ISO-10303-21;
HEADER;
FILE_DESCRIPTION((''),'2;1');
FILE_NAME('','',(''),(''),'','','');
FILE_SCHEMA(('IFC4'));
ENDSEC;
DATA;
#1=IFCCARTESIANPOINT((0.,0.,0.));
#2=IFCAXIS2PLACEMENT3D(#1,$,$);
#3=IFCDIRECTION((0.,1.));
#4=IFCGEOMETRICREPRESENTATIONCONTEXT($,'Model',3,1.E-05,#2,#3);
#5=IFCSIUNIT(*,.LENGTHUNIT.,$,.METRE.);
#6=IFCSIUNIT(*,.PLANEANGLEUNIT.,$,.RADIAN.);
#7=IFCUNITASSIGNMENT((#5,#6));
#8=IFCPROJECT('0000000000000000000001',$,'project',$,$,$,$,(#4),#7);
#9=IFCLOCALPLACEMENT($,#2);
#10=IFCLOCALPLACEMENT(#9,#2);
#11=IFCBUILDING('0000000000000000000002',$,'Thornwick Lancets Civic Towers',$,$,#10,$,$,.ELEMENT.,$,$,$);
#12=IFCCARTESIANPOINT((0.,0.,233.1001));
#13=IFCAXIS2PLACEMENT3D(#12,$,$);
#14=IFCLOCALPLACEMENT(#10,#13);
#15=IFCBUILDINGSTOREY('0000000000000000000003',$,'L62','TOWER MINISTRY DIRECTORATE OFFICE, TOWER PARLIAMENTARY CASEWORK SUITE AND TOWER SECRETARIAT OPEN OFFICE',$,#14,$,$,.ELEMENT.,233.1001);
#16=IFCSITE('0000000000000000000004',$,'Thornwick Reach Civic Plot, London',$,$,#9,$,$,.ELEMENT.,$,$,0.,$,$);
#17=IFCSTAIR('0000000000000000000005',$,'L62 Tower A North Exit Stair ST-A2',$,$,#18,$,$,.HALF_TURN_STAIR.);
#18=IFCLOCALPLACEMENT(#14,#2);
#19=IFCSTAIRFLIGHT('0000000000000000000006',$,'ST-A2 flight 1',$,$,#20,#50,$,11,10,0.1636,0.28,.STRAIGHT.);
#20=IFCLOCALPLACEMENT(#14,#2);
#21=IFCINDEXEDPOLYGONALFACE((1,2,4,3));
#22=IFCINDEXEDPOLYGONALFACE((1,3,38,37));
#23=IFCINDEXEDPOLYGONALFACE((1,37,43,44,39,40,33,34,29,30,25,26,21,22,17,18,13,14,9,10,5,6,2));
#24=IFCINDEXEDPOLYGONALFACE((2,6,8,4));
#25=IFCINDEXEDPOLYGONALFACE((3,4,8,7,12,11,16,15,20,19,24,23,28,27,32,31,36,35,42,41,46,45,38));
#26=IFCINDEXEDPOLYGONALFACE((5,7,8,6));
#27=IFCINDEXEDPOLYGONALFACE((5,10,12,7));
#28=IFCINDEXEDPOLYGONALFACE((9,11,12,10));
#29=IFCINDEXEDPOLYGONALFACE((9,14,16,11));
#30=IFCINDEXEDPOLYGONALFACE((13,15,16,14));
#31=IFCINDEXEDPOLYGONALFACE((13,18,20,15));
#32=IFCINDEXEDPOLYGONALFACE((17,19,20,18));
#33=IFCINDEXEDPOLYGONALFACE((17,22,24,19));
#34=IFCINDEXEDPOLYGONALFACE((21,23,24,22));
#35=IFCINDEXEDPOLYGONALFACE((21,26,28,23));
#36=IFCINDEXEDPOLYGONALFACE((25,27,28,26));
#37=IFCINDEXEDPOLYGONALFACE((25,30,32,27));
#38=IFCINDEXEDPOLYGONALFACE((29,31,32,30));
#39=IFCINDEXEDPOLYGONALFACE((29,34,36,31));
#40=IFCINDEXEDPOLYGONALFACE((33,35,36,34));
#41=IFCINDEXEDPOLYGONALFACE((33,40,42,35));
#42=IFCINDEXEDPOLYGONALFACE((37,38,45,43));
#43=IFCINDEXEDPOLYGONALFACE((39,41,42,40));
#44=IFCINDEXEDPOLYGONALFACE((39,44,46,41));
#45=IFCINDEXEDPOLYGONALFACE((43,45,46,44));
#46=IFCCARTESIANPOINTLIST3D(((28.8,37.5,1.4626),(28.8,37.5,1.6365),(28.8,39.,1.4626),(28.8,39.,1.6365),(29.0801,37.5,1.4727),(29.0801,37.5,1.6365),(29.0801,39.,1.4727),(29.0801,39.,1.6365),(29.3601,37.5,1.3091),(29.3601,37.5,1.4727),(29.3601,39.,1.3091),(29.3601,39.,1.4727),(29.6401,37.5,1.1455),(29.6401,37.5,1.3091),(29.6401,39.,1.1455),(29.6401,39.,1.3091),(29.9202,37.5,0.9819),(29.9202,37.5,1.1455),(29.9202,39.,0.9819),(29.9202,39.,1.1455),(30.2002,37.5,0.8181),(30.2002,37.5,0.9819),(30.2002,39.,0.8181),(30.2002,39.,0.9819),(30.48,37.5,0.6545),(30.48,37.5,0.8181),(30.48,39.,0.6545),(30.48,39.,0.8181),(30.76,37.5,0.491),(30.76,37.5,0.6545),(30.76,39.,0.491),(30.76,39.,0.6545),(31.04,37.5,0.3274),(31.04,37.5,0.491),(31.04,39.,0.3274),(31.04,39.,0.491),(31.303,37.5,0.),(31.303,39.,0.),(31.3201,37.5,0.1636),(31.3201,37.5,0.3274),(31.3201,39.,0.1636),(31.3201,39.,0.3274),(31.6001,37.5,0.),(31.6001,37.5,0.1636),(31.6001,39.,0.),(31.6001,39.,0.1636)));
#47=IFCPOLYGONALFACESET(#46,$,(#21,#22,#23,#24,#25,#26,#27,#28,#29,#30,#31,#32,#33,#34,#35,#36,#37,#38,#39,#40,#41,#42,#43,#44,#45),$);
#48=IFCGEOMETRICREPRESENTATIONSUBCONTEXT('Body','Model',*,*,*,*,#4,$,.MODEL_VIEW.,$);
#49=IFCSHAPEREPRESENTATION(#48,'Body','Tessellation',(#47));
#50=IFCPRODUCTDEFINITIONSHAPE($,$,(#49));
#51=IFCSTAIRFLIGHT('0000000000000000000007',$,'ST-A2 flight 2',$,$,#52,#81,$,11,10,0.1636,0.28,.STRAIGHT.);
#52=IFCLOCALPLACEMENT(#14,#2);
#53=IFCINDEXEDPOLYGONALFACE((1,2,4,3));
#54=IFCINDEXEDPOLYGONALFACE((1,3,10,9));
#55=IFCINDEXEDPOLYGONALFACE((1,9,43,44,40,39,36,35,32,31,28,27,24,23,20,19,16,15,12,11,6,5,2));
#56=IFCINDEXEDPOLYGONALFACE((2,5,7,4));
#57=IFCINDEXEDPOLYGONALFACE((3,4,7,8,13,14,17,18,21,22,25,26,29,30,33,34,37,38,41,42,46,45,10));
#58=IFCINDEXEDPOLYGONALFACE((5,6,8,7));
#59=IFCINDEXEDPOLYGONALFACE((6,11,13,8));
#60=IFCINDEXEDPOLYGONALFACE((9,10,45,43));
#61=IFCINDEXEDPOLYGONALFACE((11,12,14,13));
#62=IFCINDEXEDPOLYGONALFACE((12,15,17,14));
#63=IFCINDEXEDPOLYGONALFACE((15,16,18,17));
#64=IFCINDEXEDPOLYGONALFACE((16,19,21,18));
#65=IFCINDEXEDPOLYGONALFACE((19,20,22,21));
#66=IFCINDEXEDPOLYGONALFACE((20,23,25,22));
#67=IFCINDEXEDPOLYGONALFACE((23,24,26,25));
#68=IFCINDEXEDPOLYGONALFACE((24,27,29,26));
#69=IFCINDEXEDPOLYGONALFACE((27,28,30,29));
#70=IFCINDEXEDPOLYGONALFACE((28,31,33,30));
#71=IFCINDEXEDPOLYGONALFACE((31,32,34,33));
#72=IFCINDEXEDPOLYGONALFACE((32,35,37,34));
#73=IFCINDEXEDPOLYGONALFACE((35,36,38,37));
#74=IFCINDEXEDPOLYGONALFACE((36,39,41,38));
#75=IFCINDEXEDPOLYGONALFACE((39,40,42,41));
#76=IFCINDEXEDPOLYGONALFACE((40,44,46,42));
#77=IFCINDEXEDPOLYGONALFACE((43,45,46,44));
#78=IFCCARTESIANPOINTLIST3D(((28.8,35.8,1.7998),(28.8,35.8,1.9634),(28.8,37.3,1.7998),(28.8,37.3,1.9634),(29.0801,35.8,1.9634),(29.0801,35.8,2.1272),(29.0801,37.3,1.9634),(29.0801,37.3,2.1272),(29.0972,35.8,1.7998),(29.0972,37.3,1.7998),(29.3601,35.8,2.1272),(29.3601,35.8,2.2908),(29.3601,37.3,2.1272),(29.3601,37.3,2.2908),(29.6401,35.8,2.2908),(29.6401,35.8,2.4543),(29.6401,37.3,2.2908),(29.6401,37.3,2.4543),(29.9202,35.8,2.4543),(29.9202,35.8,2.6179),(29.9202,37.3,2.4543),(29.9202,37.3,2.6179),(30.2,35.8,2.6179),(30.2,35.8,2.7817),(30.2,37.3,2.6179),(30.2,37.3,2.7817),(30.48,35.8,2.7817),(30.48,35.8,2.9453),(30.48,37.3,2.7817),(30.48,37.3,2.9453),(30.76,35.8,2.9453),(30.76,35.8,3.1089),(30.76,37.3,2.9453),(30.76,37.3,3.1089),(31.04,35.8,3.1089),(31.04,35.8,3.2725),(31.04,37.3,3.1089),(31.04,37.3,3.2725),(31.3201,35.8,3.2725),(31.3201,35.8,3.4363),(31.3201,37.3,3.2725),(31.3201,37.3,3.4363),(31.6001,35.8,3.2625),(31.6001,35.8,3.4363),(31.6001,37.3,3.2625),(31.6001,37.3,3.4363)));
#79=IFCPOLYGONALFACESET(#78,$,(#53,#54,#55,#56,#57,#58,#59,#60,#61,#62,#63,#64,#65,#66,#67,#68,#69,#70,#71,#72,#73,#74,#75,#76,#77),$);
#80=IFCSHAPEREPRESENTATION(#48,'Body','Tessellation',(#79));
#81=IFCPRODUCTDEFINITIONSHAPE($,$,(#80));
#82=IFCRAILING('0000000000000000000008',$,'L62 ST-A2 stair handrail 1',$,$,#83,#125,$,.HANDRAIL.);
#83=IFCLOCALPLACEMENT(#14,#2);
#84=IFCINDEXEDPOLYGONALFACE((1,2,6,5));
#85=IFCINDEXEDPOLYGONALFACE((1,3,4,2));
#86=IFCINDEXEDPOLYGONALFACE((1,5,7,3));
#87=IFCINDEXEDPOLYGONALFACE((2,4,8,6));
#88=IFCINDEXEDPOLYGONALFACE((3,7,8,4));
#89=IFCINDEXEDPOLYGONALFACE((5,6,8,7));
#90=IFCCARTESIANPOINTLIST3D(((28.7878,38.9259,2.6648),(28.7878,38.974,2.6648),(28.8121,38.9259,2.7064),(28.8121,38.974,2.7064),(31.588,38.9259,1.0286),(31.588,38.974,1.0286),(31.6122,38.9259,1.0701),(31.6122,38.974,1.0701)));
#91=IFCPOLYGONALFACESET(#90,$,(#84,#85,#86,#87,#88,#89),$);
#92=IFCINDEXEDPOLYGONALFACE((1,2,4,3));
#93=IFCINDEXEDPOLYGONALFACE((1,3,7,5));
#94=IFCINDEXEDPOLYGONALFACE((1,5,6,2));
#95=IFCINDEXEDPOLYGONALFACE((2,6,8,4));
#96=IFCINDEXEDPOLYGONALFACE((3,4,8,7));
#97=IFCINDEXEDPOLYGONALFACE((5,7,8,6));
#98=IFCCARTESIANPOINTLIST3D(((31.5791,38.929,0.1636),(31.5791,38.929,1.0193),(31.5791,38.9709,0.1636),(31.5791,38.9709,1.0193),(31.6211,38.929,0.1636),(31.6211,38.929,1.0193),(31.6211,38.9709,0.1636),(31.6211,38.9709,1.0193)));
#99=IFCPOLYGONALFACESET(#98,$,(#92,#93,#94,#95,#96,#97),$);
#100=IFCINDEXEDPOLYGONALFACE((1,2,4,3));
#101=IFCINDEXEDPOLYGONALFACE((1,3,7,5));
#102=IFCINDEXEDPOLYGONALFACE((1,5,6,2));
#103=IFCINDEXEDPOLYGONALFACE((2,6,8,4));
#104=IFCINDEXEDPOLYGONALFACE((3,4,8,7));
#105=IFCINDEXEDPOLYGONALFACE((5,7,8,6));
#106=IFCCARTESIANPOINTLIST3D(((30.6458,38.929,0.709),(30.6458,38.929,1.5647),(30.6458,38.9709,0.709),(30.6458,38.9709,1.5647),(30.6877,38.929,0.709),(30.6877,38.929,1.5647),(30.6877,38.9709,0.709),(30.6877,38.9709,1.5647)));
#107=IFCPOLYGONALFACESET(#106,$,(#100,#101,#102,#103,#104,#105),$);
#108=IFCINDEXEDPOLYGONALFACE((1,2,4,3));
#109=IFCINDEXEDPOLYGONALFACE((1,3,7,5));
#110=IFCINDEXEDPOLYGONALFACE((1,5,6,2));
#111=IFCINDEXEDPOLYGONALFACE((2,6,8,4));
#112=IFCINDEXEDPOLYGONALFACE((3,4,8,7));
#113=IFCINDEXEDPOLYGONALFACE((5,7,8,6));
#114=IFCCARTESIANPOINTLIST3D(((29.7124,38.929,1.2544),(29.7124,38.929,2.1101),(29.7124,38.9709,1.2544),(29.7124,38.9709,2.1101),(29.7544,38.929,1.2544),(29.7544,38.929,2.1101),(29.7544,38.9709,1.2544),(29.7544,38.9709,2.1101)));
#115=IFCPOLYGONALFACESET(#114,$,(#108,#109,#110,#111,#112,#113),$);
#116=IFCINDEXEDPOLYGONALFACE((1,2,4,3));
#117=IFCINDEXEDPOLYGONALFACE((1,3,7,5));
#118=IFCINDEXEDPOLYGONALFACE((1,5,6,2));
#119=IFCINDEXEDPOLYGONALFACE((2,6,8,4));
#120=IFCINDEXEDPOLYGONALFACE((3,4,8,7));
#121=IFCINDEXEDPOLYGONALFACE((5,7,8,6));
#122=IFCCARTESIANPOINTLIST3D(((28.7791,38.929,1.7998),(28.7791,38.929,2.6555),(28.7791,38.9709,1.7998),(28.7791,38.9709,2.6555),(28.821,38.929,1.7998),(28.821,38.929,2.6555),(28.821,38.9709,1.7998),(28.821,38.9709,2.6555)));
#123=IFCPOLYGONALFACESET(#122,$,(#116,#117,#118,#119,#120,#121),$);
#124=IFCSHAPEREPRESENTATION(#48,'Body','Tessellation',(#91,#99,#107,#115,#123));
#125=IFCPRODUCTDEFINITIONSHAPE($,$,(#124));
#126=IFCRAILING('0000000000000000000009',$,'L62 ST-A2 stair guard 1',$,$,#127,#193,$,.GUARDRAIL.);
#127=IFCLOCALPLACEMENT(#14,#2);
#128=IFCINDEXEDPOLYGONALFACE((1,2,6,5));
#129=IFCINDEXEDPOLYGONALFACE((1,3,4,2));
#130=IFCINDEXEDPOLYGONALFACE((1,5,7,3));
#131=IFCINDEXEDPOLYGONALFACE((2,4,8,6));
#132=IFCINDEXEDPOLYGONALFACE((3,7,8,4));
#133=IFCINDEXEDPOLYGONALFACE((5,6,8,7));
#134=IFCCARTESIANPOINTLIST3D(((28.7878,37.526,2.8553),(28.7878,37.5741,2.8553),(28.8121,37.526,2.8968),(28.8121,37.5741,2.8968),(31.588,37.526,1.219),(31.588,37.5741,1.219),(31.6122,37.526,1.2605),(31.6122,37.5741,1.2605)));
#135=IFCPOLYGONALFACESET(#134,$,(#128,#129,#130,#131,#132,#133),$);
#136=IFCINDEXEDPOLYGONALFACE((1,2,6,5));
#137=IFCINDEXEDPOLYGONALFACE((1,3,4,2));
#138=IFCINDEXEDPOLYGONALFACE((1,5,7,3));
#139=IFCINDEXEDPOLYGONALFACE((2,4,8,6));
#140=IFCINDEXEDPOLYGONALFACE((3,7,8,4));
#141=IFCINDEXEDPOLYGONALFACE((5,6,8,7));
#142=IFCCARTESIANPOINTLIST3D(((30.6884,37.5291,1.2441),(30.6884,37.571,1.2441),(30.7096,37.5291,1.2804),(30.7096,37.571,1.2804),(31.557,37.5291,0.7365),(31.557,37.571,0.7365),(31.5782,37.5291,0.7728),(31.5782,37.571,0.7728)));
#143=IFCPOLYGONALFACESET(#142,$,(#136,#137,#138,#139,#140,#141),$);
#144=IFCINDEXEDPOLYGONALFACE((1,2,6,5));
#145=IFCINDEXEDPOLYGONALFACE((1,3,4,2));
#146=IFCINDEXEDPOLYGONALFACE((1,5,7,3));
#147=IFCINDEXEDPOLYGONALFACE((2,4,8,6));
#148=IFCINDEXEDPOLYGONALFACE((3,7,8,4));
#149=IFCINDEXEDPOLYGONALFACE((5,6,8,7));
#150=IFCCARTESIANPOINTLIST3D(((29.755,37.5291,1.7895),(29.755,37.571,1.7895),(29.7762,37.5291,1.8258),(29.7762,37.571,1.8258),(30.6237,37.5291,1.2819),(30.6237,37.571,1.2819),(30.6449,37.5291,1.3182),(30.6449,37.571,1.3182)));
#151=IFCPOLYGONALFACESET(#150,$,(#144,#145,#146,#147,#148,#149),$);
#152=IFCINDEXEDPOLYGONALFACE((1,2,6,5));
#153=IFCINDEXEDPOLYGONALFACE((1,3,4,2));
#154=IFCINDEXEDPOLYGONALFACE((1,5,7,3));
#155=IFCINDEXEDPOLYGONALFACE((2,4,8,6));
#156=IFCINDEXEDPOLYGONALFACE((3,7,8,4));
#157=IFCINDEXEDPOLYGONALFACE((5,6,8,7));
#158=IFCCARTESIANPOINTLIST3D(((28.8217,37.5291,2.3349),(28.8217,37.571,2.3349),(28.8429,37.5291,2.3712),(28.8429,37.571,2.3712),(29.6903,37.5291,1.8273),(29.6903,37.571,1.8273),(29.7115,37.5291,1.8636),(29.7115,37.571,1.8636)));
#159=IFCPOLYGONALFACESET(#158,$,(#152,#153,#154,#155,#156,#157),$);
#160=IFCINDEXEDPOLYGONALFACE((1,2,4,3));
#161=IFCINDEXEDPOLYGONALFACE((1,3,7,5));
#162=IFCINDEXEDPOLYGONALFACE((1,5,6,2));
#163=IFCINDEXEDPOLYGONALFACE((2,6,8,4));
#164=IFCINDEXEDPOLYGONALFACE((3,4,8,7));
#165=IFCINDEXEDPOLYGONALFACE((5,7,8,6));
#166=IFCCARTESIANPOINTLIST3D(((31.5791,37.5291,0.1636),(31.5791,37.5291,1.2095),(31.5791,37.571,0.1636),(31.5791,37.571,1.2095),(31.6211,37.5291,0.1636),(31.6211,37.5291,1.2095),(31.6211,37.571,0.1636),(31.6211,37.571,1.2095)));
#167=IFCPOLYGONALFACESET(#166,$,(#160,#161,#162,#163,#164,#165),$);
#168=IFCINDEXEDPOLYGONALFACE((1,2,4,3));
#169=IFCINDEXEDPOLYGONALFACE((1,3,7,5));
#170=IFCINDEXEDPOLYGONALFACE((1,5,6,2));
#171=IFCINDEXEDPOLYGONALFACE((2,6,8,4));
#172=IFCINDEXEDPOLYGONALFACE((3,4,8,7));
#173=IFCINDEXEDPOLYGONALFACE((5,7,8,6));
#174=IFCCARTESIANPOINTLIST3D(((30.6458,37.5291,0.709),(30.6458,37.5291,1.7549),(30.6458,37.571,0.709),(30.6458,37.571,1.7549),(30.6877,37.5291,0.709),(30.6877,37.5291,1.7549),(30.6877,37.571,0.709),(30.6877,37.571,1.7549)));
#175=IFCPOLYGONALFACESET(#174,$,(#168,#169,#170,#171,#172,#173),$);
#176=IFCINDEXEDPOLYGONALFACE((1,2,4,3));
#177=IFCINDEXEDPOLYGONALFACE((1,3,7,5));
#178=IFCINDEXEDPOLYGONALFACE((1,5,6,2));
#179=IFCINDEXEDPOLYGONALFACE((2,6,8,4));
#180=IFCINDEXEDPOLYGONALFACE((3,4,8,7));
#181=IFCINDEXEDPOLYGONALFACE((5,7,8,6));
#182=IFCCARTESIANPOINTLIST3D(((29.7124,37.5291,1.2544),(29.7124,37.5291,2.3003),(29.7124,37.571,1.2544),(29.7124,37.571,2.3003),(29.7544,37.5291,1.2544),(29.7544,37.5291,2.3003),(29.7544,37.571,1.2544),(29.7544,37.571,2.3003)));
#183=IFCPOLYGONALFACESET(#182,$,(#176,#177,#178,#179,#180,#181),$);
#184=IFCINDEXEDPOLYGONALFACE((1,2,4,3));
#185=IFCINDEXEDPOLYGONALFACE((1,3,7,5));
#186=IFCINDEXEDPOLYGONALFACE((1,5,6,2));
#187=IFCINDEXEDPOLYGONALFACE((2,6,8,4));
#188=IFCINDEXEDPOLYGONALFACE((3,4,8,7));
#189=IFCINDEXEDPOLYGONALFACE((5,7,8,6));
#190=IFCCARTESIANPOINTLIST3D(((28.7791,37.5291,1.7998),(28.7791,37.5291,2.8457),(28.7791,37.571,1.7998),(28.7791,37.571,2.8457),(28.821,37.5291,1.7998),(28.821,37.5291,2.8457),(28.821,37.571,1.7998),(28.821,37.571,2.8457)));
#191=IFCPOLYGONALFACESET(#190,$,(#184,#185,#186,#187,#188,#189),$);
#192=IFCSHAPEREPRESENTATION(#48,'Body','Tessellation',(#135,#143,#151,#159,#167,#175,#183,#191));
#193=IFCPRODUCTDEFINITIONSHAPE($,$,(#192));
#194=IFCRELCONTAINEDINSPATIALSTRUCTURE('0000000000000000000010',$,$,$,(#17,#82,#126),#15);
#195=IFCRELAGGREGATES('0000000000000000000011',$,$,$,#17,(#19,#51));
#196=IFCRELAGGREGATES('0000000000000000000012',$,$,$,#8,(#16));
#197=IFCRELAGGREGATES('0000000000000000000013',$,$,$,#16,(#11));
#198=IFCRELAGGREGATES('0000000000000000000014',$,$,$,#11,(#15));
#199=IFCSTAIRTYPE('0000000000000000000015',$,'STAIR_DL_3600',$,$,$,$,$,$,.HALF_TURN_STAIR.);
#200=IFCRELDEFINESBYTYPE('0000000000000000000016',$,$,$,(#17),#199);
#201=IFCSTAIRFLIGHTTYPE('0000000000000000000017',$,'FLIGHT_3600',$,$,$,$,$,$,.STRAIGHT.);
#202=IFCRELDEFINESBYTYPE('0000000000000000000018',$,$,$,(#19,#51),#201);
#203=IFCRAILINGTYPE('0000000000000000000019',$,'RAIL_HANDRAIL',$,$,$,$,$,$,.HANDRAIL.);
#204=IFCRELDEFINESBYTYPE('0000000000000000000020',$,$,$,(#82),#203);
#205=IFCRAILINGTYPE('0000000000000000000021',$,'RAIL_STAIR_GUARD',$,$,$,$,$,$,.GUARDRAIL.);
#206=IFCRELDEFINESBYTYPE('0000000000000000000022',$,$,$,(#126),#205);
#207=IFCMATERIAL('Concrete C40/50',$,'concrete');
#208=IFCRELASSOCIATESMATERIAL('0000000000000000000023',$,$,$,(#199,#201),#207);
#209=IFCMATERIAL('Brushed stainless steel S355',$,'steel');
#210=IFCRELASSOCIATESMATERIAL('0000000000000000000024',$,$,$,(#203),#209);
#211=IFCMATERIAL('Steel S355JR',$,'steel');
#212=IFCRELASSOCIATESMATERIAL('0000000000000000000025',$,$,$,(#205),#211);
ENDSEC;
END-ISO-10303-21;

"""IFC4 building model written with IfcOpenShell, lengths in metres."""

from ifc_helpers import new_model, si_unit, direction, frame, origin, origin_2d, place, context, subcontext, project, spatial, polyline, rectangle, outline, extrude, material, type_object, element, aggregate, save


model = new_model("IFC4")

# Units and contexts
model_context = context("Model", 3, precision=1e-05, world=origin(), true_north=direction((0.0, 1.0)))
body_context = subcontext(model_context, "Body", "Model", "MODEL_VIEW")
ifc_project = project(units=[si_unit("LENGTHUNIT", "METRE"), si_unit("PLANEANGLEUNIT", "RADIAN")], contexts=[model_context])

# Site, building, storey
site_placement = place(None, origin())
site = spatial("IfcSite", under=ifc_project, at=site_placement, Name="Thornwick Reach Civic Plot, London", CompositionType="ELEMENT", RefElevation=0.0)
building_placement = place(site_placement, origin())
building = spatial("IfcBuilding", under=site, at=building_placement, Name="Thornwick Lancets Civic Towers", CompositionType="ELEMENT")
storey_placement = place(building_placement, frame((0.0, 0.0, 233.1001)))
storey = spatial("IfcBuildingStorey", under=building, at=storey_placement, Name="L62", Description="TOWER MINISTRY DIRECTORATE OFFICE, TOWER PARLIAMENTARY CASEWORK SUITE AND TOWER SECRETARIAT OPEN OFFICE", CompositionType="ELEMENT", Elevation=233.1001)

# Shared definitions
ifc_material_1 = material(Name="Steel S355JR", Category="steel")
ifc_material_2 = material(Name="Concrete C40/50", Category="concrete")

# Stair, stair flights
stair_type = type_object("IfcStairType", Name="STAIR_DL_3600", PredefinedType="HALF_TURN_STAIR", material=ifc_material_2)
stair_placement = place(storey_placement, origin())
stair = element("IfcStair", 1, at=stair_placement, inside=storey, type_object=stair_type, Name="L62 Tower A North Exit Stair ST-A2", PredefinedType="HALF_TURN_STAIR")
stair_flight_type = type_object("IfcStairFlightType", Name="FLIGHT_3600", PredefinedType="STRAIGHT", material=ifc_material_2)
stair_flight_1_placement = place(storey_placement, frame((31.6001, 38.25, 0.0), z_axis=(0.0, 0.0, 1.0), x_axis=(-1.0, 0.0, 0.0)))
stair_flight_1 = element("IfcStairFlight", 2, at=stair_flight_1_placement, type_object=stair_flight_type, Name="ST-A2 flight 1", NumberOfRisers=11, NumberOfTreads=10, PredefinedType="STRAIGHT", RiserHeight=0.1636, TreadLength=0.28, context=body_context, shape_type="SweptSolid", body=[
    extrude(outline(polyline([(0.0, 0.0), (0.0, 0.1636), (0.28, 0.1636), (0.28, 0.3274), (0.5601, 0.3274), (0.5601, 0.491), (0.8401, 0.491), (0.8401, 0.6545), (1.1201, 0.6545), (1.1201, 0.8181), (1.3999, 0.8181), (1.3999, 0.9819), (1.6799, 0.9819), (1.6799, 1.1455), (1.96, 1.1455), (1.96, 1.3091), (2.24, 1.3091), (2.24, 1.4727), (2.52, 1.4727), (2.52, 1.6365), (2.8, 1.6365), (2.8, 1.8), (2.8, 1.4626), (0.2971, 0.0), (0.0, 0.0)])), frame((0.0, 0.75, 0.0), z_axis=(0.0, -1.0, 0.0), x_axis=(1.0, 0.0, 0.0)), (0.0, 0.0, 1.0), 1.5),
])
stair_flight_2_placement = place(storey_placement, frame((28.8, 36.55, 1.7998), z_axis=(0.0, 0.0, 1.0), x_axis=(1.0, 0.0, 0.0)))
stair_flight_2 = element("IfcStairFlight", 3, at=stair_flight_2_placement, type_object=stair_flight_type, Name="ST-A2 flight 2", NumberOfRisers=11, NumberOfTreads=10, PredefinedType="STRAIGHT", RiserHeight=0.1636, TreadLength=0.28, context=body_context, shape_type="SweptSolid", body=[
    extrude(outline(polyline([(0.0, 0.0), (0.0, 0.1636), (0.28, 0.1636), (0.28, 0.3274), (0.5601, 0.3274), (0.5601, 0.491), (0.8401, 0.491), (0.8401, 0.6545), (1.1201, 0.6545), (1.1201, 0.8181), (1.3999, 0.8181), (1.3999, 0.9819), (1.6799, 0.9819), (1.6799, 1.1455), (1.96, 1.1455), (1.96, 1.3091), (2.24, 1.3091), (2.24, 1.4727), (2.52, 1.4727), (2.52, 1.6365), (2.8, 1.6365), (2.8, 1.8), (2.8, 1.4626), (0.2971, 0.0), (0.0, 0.0)])), frame((0.0, 0.75, 0.0), z_axis=(0.0, -1.0, 0.0), x_axis=(1.0, 0.0, 0.0)), (0.0, 0.0, 1.0), 1.5),
])
aggregate(stair, [stair_flight_1, stair_flight_2])

# Railings
ifc_material_3 = material(Name="Brushed stainless steel S355", Category="steel")
railing_type_1 = type_object("IfcRailingType", Name="RAIL_HANDRAIL", PredefinedType="HANDRAIL", material=ifc_material_3)
railing_1_placement = place(storey_placement, frame((31.6001, 38.95, 0.1636)))
element("IfcRailing", 4, at=railing_1_placement, inside=storey, type_object=railing_type_1, Name="L62 ST-A2 stair handrail 1", PredefinedType="HANDRAIL", context=body_context, shape_type="SweptSolid", body=[
    extrude(rectangle(XDim=0.0481, YDim=0.0481, at=origin_2d()), frame((0.0, 0.0, 0.8857), z_axis=(-0.863394, 0.0, 0.504531), x_axis=(0.0, -1.0, 0.0)), (0.0, 0.0, 1.0), 3.2432),
    extrude(rectangle(XDim=0.042, YDim=0.042, at=origin_2d()), origin(), (0.0, 0.0, 1.0), 0.8557),
    extrude(rectangle(XDim=0.042, YDim=0.042, at=origin_2d()), frame((-0.9333, 0.0, 0.5454)), (0.0, 0.0, 1.0), 0.8557),
    extrude(rectangle(XDim=0.042, YDim=0.042, at=origin_2d()), frame((-1.8667, 0.0, 1.0908)), (0.0, 0.0, 1.0), 0.8557),
    extrude(rectangle(XDim=0.042, YDim=0.042, at=origin_2d()), frame((-2.8, 0.0, 1.6362)), (0.0, 0.0, 1.0), 0.8557),
])
railing_type_2 = type_object("IfcRailingType", Name="RAIL_STAIR_GUARD", PredefinedType="GUARDRAIL", material=ifc_material_1)
railing_2_placement = place(storey_placement, frame((31.6001, 37.55, 0.1636)))
element("IfcRailing", 5, at=railing_2_placement, inside=storey, type_object=railing_type_2, Name="L62 ST-A2 stair guard 1", PredefinedType="GUARDRAIL", context=body_context, shape_type="SweptSolid", body=[
    extrude(rectangle(XDim=0.0481, YDim=0.0481, at=origin_2d()), frame((0.0, 0.0, 1.0762), z_axis=(-0.863394, 0.0, 0.504531), x_axis=(0.0, -1.0, 0.0)), (0.0, 0.0, 1.0), 3.2432),
    extrude(rectangle(XDim=0.042, YDim=0.042, at=origin_2d()), frame((-0.0325, 0.0, 0.5911), z_axis=(-0.863394, 0.0, 0.504531), x_axis=(0.0, -1.0, 0.0)), (0.0, 0.0, 1.0), 1.0061),
    extrude(rectangle(XDim=0.042, YDim=0.042, at=origin_2d()), frame((-0.9658, 0.0, 1.1365), z_axis=(-0.863394, 0.0, 0.504531), x_axis=(0.0, -1.0, 0.0)), (0.0, 0.0, 1.0), 1.0061),
    extrude(rectangle(XDim=0.042, YDim=0.042, at=origin_2d()), frame((-1.8992, 0.0, 1.6819), z_axis=(-0.863394, 0.0, 0.504531), x_axis=(0.0, -1.0, 0.0)), (0.0, 0.0, 1.0), 1.0061),
    extrude(rectangle(XDim=0.042, YDim=0.042, at=origin_2d()), origin(), (0.0, 0.0, 1.0), 1.0459),
    extrude(rectangle(XDim=0.042, YDim=0.042, at=origin_2d()), frame((-0.9333, 0.0, 0.5454)), (0.0, 0.0, 1.0), 1.0459),
    extrude(rectangle(XDim=0.042, YDim=0.042, at=origin_2d()), frame((-1.8667, 0.0, 1.0908)), (0.0, 0.0, 1.0), 1.0459),
    extrude(rectangle(XDim=0.042, YDim=0.042, at=origin_2d()), frame((-2.8, 0.0, 1.6362)), (0.0, 0.0, 1.0), 1.0459),
])

save(model, "model.ifc")
